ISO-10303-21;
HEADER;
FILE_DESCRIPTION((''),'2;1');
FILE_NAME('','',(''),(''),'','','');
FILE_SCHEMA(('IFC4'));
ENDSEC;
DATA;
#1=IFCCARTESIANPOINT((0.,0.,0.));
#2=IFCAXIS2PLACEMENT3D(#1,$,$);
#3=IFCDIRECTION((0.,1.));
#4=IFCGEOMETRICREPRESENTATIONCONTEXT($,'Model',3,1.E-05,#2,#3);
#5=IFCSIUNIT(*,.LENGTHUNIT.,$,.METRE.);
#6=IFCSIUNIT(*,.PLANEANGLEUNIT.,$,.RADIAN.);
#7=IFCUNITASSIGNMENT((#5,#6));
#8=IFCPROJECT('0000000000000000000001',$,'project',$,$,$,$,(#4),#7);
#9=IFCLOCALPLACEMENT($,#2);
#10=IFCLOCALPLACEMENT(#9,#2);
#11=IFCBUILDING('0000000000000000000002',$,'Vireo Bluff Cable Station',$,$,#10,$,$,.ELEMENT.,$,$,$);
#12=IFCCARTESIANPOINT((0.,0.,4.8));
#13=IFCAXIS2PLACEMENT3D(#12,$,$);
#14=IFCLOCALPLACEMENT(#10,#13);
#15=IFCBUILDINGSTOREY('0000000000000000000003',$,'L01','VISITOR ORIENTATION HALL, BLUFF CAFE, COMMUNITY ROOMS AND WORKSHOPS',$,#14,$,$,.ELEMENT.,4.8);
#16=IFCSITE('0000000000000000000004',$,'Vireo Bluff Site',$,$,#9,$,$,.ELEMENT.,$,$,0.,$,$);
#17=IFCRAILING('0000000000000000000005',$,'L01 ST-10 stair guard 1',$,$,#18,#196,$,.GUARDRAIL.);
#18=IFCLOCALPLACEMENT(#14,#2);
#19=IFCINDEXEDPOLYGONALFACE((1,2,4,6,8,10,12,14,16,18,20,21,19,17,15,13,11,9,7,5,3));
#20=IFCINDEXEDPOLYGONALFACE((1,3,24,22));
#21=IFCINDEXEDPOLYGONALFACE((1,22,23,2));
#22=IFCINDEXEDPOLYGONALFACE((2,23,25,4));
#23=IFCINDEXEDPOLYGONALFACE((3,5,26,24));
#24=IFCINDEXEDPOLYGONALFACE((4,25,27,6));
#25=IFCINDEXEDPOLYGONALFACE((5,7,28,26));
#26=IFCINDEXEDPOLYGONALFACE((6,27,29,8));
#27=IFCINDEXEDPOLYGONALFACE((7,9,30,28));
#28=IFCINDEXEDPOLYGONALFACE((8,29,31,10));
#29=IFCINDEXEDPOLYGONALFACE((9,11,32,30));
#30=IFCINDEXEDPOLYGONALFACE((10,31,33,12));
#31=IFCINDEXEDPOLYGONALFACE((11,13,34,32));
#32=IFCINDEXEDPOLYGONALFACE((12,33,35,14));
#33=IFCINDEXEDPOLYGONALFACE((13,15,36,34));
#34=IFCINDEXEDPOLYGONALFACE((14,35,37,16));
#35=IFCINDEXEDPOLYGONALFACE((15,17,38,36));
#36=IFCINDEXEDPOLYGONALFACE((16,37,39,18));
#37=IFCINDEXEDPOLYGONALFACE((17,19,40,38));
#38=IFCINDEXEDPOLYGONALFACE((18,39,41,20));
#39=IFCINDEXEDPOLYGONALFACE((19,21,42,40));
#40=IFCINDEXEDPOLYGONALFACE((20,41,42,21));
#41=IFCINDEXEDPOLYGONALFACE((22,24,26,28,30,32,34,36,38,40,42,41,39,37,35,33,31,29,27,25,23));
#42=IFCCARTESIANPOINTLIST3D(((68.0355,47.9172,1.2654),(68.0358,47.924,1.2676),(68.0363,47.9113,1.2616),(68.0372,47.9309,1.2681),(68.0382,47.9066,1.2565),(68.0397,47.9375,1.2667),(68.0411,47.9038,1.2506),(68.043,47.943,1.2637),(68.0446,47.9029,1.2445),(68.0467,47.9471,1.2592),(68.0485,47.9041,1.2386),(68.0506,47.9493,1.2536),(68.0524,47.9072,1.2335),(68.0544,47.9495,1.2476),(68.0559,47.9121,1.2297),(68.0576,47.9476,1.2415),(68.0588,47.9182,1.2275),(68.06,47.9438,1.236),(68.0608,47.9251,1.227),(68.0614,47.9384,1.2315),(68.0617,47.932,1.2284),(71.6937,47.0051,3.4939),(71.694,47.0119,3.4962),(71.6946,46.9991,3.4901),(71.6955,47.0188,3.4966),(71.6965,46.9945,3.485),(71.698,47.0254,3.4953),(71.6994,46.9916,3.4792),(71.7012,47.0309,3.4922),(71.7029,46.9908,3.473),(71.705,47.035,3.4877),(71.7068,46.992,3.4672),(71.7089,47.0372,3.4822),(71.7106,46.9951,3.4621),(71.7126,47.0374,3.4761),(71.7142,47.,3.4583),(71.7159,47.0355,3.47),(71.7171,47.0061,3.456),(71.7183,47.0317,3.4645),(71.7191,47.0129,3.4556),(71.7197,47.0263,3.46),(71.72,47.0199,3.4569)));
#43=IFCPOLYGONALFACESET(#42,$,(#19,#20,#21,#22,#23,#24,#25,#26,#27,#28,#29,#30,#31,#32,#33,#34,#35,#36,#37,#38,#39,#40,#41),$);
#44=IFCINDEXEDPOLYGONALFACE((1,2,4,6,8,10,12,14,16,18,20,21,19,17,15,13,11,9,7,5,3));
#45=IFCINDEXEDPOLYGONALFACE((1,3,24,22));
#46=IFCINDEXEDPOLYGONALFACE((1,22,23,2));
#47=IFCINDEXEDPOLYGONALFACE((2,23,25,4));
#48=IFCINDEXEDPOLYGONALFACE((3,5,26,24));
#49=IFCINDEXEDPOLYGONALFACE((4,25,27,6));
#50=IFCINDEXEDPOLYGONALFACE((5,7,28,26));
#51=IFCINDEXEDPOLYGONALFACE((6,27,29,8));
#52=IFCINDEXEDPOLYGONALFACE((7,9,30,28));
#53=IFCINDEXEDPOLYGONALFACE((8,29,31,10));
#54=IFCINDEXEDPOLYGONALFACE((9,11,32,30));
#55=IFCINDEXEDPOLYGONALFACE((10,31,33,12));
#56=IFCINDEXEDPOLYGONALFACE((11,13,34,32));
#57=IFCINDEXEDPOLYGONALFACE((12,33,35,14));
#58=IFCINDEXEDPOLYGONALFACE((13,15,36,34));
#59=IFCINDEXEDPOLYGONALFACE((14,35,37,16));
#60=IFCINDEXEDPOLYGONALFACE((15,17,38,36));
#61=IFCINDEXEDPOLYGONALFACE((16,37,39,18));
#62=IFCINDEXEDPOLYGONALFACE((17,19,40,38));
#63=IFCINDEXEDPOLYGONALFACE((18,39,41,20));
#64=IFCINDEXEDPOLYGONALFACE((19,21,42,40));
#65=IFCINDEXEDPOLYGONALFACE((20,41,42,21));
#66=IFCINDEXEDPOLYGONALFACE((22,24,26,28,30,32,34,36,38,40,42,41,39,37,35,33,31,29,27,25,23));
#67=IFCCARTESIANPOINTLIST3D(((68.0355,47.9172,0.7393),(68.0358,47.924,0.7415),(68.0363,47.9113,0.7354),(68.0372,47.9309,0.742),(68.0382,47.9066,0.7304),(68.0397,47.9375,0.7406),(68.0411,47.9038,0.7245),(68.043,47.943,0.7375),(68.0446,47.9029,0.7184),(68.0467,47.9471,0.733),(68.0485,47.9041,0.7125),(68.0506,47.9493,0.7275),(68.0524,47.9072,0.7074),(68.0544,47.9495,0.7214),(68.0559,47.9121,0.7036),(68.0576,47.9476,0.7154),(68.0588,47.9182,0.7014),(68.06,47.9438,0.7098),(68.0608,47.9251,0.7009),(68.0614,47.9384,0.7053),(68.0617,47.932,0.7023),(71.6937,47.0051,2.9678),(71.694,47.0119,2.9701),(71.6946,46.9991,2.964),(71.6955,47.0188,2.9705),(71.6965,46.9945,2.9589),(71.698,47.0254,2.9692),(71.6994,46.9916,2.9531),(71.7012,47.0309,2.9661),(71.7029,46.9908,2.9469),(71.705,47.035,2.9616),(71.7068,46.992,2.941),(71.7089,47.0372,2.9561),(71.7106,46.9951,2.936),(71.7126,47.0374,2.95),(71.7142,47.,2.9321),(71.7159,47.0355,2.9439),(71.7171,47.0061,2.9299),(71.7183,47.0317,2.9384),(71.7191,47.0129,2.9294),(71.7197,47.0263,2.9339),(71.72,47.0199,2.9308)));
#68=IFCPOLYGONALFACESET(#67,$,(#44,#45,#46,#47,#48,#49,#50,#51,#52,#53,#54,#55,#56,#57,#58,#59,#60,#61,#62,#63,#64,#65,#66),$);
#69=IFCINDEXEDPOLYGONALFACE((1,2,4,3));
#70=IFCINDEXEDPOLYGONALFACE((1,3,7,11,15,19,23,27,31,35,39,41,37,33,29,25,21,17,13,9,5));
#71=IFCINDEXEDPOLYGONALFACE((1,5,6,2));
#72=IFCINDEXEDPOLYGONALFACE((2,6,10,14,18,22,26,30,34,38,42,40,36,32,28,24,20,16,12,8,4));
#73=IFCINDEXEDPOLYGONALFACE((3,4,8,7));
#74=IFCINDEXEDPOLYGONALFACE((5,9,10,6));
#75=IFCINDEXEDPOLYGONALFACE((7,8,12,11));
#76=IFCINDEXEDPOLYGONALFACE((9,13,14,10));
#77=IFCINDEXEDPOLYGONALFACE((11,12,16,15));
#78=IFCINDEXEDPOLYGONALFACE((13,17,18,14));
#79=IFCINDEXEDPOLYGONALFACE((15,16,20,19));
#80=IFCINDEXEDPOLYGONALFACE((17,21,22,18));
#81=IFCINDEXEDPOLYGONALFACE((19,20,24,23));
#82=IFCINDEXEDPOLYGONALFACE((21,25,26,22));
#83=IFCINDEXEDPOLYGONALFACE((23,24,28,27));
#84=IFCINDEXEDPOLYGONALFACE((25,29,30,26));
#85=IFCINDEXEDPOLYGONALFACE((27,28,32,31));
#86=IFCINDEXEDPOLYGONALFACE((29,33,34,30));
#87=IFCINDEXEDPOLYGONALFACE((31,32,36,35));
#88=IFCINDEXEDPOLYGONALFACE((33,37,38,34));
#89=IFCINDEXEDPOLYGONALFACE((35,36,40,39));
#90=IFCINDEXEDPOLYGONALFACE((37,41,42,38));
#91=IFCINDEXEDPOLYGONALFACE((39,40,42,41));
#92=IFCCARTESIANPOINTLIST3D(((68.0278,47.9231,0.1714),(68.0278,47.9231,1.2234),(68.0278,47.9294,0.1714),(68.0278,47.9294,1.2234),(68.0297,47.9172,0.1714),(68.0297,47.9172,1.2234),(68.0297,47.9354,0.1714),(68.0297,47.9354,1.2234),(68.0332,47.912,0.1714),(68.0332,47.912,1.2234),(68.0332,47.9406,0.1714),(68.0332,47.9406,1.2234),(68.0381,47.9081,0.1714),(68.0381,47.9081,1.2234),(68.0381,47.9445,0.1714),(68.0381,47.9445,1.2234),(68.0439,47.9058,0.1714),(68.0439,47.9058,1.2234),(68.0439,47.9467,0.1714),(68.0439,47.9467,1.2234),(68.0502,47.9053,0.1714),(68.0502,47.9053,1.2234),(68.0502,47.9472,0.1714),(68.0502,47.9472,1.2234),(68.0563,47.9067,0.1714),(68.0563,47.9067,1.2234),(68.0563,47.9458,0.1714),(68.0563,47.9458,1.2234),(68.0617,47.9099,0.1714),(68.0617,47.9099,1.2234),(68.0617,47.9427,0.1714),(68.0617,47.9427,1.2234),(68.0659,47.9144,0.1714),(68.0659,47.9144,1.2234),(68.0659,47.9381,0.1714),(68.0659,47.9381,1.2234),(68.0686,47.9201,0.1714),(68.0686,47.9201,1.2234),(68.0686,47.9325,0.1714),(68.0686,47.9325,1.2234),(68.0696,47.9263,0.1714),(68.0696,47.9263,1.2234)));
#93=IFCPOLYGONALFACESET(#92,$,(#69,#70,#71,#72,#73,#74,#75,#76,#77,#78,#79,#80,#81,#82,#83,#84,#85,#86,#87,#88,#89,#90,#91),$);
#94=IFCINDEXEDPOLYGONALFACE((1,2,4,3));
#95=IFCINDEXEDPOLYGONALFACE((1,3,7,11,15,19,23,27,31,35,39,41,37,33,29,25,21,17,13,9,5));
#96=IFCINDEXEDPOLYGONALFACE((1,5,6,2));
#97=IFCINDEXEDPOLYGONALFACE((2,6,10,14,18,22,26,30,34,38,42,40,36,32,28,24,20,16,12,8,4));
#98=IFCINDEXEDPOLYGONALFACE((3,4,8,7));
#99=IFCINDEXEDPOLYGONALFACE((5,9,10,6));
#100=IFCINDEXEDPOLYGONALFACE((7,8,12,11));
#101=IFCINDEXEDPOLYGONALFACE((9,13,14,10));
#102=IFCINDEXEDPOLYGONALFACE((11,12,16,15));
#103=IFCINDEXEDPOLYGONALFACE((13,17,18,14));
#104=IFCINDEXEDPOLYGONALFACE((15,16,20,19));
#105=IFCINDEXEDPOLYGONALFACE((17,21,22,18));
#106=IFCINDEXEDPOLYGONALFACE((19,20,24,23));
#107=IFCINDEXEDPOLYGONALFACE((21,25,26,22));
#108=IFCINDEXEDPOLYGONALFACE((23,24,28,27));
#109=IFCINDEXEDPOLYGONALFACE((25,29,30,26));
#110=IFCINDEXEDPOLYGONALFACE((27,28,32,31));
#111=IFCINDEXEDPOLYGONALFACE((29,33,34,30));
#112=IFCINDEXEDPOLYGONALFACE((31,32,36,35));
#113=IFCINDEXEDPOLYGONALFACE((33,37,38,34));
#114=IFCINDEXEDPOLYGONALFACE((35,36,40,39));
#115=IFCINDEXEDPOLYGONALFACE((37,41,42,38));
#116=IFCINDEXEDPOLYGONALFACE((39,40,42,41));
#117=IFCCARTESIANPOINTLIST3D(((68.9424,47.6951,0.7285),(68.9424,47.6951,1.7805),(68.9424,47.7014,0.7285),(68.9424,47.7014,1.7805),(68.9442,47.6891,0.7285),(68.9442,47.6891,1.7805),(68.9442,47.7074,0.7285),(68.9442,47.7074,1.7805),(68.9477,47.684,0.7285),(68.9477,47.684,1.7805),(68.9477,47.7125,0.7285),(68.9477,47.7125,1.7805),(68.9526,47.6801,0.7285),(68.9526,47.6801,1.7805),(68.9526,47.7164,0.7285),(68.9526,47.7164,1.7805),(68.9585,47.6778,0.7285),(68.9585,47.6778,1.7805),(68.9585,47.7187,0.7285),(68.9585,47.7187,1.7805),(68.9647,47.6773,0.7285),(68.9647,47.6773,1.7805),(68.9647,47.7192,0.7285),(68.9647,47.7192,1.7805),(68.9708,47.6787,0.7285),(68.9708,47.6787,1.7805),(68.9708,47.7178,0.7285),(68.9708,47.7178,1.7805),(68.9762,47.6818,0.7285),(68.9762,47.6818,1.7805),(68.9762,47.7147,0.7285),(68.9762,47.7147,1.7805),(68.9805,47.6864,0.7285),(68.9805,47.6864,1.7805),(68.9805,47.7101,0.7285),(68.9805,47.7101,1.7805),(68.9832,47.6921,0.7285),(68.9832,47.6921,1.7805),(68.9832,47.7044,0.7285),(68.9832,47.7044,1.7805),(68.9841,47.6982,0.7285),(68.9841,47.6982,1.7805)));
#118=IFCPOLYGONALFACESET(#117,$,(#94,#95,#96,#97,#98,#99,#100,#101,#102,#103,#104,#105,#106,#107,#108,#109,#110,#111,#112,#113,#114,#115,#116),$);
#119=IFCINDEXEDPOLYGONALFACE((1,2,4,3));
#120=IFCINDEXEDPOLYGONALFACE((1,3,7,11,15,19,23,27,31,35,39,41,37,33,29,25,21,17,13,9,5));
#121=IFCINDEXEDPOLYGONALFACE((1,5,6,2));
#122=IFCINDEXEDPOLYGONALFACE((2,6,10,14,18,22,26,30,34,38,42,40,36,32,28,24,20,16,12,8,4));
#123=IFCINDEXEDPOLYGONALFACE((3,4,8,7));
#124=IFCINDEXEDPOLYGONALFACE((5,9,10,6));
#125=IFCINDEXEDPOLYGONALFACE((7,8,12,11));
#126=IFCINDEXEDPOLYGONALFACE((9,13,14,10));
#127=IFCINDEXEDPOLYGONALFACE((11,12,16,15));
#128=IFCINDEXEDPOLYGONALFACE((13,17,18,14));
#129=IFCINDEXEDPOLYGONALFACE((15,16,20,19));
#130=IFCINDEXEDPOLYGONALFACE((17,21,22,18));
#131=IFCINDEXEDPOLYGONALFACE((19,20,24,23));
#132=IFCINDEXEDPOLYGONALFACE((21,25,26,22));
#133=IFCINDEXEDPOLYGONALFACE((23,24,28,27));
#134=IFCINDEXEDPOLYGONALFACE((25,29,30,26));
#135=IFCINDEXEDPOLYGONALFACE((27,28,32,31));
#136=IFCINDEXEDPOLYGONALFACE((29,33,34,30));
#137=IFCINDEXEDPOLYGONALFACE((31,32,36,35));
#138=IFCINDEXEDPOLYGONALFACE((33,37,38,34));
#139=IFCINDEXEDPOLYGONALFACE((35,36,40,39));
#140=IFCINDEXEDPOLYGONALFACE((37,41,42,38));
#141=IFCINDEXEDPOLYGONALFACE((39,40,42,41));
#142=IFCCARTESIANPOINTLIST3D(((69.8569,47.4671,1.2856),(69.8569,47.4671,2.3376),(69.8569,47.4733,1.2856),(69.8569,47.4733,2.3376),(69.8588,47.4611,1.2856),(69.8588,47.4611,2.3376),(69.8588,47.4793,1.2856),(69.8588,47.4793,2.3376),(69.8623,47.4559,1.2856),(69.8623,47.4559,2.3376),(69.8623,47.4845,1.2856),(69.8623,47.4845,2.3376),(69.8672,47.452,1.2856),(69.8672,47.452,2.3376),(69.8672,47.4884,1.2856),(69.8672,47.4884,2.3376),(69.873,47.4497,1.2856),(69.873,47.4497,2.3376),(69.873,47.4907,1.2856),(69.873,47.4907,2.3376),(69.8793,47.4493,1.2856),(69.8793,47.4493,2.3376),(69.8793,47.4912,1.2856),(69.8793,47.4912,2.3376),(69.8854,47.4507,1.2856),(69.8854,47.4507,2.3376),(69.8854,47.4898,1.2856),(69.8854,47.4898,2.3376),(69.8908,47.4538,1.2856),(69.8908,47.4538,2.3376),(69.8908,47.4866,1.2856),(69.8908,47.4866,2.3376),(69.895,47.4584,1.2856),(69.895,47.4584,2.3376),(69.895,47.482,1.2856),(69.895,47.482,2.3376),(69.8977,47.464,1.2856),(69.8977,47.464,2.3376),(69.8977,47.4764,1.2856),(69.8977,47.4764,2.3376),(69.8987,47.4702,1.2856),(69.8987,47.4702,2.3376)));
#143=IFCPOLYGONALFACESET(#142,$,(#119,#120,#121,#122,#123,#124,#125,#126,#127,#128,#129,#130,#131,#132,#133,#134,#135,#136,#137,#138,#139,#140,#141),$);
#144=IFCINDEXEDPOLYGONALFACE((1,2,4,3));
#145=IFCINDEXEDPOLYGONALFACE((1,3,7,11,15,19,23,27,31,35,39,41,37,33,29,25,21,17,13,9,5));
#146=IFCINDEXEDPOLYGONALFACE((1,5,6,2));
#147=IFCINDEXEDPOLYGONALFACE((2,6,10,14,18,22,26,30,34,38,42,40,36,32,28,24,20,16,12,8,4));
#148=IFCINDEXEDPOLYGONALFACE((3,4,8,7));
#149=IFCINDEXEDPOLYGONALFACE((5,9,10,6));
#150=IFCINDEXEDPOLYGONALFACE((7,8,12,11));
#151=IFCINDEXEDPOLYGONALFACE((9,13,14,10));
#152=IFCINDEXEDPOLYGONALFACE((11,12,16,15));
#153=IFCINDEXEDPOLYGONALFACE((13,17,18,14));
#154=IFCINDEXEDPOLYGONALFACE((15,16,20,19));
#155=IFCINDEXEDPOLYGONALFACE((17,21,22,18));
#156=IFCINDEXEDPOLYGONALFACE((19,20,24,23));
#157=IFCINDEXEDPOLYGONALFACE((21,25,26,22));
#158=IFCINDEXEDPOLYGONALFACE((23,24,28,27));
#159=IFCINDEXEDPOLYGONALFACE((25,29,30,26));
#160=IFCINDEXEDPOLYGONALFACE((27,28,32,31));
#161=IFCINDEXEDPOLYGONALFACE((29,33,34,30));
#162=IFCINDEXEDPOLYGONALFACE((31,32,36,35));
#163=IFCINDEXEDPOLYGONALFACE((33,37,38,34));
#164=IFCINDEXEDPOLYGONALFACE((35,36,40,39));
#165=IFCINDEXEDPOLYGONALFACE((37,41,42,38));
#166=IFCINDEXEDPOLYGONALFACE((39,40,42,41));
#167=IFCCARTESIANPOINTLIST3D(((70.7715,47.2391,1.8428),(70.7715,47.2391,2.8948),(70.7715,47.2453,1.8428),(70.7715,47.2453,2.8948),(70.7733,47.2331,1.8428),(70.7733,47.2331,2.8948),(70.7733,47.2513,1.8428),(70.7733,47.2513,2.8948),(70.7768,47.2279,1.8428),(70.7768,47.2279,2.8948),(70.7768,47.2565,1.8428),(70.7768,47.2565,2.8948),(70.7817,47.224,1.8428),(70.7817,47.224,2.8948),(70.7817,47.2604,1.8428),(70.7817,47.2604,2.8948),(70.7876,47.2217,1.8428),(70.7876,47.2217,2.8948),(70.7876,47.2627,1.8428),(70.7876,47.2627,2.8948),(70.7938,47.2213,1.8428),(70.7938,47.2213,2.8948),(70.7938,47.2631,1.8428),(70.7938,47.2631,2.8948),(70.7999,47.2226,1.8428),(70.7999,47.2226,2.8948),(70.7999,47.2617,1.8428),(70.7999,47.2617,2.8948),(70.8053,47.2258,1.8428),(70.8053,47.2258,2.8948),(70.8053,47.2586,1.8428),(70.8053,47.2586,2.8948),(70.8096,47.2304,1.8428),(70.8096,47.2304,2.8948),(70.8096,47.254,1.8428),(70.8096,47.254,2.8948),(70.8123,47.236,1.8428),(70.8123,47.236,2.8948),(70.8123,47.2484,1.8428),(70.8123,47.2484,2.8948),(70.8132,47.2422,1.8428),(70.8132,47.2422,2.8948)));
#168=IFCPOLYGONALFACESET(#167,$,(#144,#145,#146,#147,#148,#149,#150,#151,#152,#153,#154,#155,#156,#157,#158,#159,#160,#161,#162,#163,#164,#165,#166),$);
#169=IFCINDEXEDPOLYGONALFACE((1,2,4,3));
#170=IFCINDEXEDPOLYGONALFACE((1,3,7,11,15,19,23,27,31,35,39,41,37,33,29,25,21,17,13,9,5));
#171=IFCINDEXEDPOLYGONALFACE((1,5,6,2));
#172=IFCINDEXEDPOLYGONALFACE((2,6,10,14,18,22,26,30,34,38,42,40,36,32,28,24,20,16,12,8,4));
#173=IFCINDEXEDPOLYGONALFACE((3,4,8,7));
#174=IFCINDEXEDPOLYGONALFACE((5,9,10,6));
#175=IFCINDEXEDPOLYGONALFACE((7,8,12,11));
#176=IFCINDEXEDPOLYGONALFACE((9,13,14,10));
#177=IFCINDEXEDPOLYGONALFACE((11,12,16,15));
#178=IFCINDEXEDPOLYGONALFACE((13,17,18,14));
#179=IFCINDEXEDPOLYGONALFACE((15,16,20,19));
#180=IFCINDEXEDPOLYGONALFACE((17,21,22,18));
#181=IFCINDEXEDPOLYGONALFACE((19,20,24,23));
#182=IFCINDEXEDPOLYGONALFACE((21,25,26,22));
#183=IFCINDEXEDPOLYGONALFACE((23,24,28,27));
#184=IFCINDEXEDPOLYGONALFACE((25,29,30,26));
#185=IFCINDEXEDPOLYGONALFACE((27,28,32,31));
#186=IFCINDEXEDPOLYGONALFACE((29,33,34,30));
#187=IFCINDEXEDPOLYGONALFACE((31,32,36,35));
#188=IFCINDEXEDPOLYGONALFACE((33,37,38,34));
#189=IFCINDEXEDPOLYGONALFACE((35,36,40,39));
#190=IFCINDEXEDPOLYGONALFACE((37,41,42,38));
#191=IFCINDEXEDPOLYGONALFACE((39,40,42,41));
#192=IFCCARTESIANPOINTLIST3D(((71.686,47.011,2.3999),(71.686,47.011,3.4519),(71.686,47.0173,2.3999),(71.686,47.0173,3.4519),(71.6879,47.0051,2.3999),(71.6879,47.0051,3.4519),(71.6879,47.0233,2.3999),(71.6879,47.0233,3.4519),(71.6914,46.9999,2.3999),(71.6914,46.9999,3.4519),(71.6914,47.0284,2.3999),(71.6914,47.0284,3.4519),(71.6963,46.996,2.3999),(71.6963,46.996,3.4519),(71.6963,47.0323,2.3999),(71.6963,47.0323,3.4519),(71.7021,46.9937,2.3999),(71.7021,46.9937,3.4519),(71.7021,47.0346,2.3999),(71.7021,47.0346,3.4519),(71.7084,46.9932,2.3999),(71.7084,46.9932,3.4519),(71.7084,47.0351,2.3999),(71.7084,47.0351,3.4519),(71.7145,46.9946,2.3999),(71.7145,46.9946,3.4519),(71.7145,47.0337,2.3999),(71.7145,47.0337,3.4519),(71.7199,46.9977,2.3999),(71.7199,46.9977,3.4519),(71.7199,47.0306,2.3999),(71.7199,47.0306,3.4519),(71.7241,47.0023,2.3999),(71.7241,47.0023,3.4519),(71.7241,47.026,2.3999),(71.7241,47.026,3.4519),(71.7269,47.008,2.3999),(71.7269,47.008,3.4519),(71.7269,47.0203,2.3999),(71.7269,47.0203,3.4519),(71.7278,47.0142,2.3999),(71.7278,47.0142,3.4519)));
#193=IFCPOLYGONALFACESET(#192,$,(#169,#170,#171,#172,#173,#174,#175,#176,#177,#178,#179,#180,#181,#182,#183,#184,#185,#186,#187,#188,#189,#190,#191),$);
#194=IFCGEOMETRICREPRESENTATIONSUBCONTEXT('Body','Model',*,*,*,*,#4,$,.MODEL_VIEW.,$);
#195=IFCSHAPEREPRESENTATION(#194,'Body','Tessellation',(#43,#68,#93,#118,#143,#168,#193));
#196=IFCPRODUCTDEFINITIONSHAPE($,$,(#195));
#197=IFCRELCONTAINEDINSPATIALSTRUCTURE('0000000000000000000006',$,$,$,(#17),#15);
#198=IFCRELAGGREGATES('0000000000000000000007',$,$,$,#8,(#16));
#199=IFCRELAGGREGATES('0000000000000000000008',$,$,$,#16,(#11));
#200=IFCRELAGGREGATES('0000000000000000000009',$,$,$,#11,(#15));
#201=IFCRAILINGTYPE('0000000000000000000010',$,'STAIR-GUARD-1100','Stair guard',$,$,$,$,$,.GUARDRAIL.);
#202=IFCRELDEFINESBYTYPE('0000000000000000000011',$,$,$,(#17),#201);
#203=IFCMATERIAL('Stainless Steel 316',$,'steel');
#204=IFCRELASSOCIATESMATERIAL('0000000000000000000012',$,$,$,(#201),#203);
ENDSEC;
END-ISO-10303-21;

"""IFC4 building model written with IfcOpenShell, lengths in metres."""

from ifc_helpers import new_model, si_unit, direction, frame, origin, origin_2d, place, context, subcontext, project, spatial, circle, extrude, material, type_object, element, save


model = new_model("IFC4")

# Units and contexts
model_context = context("Model", 3, precision=1e-05, world=origin(), true_north=direction((0.0, 1.0)))
body_context = subcontext(model_context, "Body", "Model", "MODEL_VIEW")
ifc_project = project(units=[si_unit("LENGTHUNIT", "METRE"), si_unit("PLANEANGLEUNIT", "RADIAN")], contexts=[model_context])

# Site, building, storey
site_placement = place(None, origin())
site = spatial("IfcSite", under=ifc_project, at=site_placement, Name="Vireo Bluff Site", CompositionType="ELEMENT", RefElevation=0.0)
building_placement = place(site_placement, origin())
building = spatial("IfcBuilding", under=site, at=building_placement, Name="Vireo Bluff Cable Station", CompositionType="ELEMENT")
storey_placement = place(building_placement, frame((0.0, 0.0, 4.8)))
storey = spatial("IfcBuildingStorey", under=building, at=storey_placement, Name="L01", Description="VISITOR ORIENTATION HALL, BLUFF CAFE, COMMUNITY ROOMS AND WORKSHOPS", CompositionType="ELEMENT", Elevation=4.8)

# Shared definitions
ifc_material_1 = material(Name="Stainless Steel 316", Category="steel")

# Railing
railing_type_1 = type_object("IfcRailingType", Name="STAIR-GUARD-1100", Description="Stair guard", PredefinedType="GUARDRAIL", material=ifc_material_1)
railing_1_placement = place(storey_placement, frame((68.0486, 47.9263, 0.1714)))
element("IfcRailing", 1, at=railing_1_placement, inside=storey, type_object=railing_type_1, Name="L01 ST-10 stair guard 1", PredefinedType="GUARDRAIL", context=body_context, shape_type="SweptSolid", body=[
    extrude(circle(Radius=0.0239, at=origin_2d()), frame((0.0, 0.0, 1.0762), z_axis=(0.835287, -0.208264, 0.508843), x_axis=(0.241926, 0.970295, 0.0)), (0.0, 0.0, 1.0), 4.3796),
    extrude(circle(Radius=0.0239, at=origin_2d()), frame((0.0, 0.0, 0.55), z_axis=(0.835287, -0.208264, 0.508843), x_axis=(0.241926, 0.970295, 0.0)), (0.0, 0.0, 1.0), 4.3796),
    extrude(circle(Radius=0.021, at=origin_2d()), origin(), (0.0, 0.0, 1.0), 1.052),
    extrude(circle(Radius=0.021, at=origin_2d()), frame((0.9146, -0.228, 0.5571)), (0.0, 0.0, 1.0), 1.052),
    extrude(circle(Radius=0.021, at=origin_2d()), frame((1.8291, -0.4561, 1.1143)), (0.0, 0.0, 1.0), 1.052),
    extrude(circle(Radius=0.021, at=origin_2d()), frame((2.7437, -0.6841, 1.6714)), (0.0, 0.0, 1.0), 1.052),
    extrude(circle(Radius=0.021, at=origin_2d()), frame((3.6582, -0.9121, 2.2285)), (0.0, 0.0, 1.0), 1.052),
])

save(model, "model.ifc")
